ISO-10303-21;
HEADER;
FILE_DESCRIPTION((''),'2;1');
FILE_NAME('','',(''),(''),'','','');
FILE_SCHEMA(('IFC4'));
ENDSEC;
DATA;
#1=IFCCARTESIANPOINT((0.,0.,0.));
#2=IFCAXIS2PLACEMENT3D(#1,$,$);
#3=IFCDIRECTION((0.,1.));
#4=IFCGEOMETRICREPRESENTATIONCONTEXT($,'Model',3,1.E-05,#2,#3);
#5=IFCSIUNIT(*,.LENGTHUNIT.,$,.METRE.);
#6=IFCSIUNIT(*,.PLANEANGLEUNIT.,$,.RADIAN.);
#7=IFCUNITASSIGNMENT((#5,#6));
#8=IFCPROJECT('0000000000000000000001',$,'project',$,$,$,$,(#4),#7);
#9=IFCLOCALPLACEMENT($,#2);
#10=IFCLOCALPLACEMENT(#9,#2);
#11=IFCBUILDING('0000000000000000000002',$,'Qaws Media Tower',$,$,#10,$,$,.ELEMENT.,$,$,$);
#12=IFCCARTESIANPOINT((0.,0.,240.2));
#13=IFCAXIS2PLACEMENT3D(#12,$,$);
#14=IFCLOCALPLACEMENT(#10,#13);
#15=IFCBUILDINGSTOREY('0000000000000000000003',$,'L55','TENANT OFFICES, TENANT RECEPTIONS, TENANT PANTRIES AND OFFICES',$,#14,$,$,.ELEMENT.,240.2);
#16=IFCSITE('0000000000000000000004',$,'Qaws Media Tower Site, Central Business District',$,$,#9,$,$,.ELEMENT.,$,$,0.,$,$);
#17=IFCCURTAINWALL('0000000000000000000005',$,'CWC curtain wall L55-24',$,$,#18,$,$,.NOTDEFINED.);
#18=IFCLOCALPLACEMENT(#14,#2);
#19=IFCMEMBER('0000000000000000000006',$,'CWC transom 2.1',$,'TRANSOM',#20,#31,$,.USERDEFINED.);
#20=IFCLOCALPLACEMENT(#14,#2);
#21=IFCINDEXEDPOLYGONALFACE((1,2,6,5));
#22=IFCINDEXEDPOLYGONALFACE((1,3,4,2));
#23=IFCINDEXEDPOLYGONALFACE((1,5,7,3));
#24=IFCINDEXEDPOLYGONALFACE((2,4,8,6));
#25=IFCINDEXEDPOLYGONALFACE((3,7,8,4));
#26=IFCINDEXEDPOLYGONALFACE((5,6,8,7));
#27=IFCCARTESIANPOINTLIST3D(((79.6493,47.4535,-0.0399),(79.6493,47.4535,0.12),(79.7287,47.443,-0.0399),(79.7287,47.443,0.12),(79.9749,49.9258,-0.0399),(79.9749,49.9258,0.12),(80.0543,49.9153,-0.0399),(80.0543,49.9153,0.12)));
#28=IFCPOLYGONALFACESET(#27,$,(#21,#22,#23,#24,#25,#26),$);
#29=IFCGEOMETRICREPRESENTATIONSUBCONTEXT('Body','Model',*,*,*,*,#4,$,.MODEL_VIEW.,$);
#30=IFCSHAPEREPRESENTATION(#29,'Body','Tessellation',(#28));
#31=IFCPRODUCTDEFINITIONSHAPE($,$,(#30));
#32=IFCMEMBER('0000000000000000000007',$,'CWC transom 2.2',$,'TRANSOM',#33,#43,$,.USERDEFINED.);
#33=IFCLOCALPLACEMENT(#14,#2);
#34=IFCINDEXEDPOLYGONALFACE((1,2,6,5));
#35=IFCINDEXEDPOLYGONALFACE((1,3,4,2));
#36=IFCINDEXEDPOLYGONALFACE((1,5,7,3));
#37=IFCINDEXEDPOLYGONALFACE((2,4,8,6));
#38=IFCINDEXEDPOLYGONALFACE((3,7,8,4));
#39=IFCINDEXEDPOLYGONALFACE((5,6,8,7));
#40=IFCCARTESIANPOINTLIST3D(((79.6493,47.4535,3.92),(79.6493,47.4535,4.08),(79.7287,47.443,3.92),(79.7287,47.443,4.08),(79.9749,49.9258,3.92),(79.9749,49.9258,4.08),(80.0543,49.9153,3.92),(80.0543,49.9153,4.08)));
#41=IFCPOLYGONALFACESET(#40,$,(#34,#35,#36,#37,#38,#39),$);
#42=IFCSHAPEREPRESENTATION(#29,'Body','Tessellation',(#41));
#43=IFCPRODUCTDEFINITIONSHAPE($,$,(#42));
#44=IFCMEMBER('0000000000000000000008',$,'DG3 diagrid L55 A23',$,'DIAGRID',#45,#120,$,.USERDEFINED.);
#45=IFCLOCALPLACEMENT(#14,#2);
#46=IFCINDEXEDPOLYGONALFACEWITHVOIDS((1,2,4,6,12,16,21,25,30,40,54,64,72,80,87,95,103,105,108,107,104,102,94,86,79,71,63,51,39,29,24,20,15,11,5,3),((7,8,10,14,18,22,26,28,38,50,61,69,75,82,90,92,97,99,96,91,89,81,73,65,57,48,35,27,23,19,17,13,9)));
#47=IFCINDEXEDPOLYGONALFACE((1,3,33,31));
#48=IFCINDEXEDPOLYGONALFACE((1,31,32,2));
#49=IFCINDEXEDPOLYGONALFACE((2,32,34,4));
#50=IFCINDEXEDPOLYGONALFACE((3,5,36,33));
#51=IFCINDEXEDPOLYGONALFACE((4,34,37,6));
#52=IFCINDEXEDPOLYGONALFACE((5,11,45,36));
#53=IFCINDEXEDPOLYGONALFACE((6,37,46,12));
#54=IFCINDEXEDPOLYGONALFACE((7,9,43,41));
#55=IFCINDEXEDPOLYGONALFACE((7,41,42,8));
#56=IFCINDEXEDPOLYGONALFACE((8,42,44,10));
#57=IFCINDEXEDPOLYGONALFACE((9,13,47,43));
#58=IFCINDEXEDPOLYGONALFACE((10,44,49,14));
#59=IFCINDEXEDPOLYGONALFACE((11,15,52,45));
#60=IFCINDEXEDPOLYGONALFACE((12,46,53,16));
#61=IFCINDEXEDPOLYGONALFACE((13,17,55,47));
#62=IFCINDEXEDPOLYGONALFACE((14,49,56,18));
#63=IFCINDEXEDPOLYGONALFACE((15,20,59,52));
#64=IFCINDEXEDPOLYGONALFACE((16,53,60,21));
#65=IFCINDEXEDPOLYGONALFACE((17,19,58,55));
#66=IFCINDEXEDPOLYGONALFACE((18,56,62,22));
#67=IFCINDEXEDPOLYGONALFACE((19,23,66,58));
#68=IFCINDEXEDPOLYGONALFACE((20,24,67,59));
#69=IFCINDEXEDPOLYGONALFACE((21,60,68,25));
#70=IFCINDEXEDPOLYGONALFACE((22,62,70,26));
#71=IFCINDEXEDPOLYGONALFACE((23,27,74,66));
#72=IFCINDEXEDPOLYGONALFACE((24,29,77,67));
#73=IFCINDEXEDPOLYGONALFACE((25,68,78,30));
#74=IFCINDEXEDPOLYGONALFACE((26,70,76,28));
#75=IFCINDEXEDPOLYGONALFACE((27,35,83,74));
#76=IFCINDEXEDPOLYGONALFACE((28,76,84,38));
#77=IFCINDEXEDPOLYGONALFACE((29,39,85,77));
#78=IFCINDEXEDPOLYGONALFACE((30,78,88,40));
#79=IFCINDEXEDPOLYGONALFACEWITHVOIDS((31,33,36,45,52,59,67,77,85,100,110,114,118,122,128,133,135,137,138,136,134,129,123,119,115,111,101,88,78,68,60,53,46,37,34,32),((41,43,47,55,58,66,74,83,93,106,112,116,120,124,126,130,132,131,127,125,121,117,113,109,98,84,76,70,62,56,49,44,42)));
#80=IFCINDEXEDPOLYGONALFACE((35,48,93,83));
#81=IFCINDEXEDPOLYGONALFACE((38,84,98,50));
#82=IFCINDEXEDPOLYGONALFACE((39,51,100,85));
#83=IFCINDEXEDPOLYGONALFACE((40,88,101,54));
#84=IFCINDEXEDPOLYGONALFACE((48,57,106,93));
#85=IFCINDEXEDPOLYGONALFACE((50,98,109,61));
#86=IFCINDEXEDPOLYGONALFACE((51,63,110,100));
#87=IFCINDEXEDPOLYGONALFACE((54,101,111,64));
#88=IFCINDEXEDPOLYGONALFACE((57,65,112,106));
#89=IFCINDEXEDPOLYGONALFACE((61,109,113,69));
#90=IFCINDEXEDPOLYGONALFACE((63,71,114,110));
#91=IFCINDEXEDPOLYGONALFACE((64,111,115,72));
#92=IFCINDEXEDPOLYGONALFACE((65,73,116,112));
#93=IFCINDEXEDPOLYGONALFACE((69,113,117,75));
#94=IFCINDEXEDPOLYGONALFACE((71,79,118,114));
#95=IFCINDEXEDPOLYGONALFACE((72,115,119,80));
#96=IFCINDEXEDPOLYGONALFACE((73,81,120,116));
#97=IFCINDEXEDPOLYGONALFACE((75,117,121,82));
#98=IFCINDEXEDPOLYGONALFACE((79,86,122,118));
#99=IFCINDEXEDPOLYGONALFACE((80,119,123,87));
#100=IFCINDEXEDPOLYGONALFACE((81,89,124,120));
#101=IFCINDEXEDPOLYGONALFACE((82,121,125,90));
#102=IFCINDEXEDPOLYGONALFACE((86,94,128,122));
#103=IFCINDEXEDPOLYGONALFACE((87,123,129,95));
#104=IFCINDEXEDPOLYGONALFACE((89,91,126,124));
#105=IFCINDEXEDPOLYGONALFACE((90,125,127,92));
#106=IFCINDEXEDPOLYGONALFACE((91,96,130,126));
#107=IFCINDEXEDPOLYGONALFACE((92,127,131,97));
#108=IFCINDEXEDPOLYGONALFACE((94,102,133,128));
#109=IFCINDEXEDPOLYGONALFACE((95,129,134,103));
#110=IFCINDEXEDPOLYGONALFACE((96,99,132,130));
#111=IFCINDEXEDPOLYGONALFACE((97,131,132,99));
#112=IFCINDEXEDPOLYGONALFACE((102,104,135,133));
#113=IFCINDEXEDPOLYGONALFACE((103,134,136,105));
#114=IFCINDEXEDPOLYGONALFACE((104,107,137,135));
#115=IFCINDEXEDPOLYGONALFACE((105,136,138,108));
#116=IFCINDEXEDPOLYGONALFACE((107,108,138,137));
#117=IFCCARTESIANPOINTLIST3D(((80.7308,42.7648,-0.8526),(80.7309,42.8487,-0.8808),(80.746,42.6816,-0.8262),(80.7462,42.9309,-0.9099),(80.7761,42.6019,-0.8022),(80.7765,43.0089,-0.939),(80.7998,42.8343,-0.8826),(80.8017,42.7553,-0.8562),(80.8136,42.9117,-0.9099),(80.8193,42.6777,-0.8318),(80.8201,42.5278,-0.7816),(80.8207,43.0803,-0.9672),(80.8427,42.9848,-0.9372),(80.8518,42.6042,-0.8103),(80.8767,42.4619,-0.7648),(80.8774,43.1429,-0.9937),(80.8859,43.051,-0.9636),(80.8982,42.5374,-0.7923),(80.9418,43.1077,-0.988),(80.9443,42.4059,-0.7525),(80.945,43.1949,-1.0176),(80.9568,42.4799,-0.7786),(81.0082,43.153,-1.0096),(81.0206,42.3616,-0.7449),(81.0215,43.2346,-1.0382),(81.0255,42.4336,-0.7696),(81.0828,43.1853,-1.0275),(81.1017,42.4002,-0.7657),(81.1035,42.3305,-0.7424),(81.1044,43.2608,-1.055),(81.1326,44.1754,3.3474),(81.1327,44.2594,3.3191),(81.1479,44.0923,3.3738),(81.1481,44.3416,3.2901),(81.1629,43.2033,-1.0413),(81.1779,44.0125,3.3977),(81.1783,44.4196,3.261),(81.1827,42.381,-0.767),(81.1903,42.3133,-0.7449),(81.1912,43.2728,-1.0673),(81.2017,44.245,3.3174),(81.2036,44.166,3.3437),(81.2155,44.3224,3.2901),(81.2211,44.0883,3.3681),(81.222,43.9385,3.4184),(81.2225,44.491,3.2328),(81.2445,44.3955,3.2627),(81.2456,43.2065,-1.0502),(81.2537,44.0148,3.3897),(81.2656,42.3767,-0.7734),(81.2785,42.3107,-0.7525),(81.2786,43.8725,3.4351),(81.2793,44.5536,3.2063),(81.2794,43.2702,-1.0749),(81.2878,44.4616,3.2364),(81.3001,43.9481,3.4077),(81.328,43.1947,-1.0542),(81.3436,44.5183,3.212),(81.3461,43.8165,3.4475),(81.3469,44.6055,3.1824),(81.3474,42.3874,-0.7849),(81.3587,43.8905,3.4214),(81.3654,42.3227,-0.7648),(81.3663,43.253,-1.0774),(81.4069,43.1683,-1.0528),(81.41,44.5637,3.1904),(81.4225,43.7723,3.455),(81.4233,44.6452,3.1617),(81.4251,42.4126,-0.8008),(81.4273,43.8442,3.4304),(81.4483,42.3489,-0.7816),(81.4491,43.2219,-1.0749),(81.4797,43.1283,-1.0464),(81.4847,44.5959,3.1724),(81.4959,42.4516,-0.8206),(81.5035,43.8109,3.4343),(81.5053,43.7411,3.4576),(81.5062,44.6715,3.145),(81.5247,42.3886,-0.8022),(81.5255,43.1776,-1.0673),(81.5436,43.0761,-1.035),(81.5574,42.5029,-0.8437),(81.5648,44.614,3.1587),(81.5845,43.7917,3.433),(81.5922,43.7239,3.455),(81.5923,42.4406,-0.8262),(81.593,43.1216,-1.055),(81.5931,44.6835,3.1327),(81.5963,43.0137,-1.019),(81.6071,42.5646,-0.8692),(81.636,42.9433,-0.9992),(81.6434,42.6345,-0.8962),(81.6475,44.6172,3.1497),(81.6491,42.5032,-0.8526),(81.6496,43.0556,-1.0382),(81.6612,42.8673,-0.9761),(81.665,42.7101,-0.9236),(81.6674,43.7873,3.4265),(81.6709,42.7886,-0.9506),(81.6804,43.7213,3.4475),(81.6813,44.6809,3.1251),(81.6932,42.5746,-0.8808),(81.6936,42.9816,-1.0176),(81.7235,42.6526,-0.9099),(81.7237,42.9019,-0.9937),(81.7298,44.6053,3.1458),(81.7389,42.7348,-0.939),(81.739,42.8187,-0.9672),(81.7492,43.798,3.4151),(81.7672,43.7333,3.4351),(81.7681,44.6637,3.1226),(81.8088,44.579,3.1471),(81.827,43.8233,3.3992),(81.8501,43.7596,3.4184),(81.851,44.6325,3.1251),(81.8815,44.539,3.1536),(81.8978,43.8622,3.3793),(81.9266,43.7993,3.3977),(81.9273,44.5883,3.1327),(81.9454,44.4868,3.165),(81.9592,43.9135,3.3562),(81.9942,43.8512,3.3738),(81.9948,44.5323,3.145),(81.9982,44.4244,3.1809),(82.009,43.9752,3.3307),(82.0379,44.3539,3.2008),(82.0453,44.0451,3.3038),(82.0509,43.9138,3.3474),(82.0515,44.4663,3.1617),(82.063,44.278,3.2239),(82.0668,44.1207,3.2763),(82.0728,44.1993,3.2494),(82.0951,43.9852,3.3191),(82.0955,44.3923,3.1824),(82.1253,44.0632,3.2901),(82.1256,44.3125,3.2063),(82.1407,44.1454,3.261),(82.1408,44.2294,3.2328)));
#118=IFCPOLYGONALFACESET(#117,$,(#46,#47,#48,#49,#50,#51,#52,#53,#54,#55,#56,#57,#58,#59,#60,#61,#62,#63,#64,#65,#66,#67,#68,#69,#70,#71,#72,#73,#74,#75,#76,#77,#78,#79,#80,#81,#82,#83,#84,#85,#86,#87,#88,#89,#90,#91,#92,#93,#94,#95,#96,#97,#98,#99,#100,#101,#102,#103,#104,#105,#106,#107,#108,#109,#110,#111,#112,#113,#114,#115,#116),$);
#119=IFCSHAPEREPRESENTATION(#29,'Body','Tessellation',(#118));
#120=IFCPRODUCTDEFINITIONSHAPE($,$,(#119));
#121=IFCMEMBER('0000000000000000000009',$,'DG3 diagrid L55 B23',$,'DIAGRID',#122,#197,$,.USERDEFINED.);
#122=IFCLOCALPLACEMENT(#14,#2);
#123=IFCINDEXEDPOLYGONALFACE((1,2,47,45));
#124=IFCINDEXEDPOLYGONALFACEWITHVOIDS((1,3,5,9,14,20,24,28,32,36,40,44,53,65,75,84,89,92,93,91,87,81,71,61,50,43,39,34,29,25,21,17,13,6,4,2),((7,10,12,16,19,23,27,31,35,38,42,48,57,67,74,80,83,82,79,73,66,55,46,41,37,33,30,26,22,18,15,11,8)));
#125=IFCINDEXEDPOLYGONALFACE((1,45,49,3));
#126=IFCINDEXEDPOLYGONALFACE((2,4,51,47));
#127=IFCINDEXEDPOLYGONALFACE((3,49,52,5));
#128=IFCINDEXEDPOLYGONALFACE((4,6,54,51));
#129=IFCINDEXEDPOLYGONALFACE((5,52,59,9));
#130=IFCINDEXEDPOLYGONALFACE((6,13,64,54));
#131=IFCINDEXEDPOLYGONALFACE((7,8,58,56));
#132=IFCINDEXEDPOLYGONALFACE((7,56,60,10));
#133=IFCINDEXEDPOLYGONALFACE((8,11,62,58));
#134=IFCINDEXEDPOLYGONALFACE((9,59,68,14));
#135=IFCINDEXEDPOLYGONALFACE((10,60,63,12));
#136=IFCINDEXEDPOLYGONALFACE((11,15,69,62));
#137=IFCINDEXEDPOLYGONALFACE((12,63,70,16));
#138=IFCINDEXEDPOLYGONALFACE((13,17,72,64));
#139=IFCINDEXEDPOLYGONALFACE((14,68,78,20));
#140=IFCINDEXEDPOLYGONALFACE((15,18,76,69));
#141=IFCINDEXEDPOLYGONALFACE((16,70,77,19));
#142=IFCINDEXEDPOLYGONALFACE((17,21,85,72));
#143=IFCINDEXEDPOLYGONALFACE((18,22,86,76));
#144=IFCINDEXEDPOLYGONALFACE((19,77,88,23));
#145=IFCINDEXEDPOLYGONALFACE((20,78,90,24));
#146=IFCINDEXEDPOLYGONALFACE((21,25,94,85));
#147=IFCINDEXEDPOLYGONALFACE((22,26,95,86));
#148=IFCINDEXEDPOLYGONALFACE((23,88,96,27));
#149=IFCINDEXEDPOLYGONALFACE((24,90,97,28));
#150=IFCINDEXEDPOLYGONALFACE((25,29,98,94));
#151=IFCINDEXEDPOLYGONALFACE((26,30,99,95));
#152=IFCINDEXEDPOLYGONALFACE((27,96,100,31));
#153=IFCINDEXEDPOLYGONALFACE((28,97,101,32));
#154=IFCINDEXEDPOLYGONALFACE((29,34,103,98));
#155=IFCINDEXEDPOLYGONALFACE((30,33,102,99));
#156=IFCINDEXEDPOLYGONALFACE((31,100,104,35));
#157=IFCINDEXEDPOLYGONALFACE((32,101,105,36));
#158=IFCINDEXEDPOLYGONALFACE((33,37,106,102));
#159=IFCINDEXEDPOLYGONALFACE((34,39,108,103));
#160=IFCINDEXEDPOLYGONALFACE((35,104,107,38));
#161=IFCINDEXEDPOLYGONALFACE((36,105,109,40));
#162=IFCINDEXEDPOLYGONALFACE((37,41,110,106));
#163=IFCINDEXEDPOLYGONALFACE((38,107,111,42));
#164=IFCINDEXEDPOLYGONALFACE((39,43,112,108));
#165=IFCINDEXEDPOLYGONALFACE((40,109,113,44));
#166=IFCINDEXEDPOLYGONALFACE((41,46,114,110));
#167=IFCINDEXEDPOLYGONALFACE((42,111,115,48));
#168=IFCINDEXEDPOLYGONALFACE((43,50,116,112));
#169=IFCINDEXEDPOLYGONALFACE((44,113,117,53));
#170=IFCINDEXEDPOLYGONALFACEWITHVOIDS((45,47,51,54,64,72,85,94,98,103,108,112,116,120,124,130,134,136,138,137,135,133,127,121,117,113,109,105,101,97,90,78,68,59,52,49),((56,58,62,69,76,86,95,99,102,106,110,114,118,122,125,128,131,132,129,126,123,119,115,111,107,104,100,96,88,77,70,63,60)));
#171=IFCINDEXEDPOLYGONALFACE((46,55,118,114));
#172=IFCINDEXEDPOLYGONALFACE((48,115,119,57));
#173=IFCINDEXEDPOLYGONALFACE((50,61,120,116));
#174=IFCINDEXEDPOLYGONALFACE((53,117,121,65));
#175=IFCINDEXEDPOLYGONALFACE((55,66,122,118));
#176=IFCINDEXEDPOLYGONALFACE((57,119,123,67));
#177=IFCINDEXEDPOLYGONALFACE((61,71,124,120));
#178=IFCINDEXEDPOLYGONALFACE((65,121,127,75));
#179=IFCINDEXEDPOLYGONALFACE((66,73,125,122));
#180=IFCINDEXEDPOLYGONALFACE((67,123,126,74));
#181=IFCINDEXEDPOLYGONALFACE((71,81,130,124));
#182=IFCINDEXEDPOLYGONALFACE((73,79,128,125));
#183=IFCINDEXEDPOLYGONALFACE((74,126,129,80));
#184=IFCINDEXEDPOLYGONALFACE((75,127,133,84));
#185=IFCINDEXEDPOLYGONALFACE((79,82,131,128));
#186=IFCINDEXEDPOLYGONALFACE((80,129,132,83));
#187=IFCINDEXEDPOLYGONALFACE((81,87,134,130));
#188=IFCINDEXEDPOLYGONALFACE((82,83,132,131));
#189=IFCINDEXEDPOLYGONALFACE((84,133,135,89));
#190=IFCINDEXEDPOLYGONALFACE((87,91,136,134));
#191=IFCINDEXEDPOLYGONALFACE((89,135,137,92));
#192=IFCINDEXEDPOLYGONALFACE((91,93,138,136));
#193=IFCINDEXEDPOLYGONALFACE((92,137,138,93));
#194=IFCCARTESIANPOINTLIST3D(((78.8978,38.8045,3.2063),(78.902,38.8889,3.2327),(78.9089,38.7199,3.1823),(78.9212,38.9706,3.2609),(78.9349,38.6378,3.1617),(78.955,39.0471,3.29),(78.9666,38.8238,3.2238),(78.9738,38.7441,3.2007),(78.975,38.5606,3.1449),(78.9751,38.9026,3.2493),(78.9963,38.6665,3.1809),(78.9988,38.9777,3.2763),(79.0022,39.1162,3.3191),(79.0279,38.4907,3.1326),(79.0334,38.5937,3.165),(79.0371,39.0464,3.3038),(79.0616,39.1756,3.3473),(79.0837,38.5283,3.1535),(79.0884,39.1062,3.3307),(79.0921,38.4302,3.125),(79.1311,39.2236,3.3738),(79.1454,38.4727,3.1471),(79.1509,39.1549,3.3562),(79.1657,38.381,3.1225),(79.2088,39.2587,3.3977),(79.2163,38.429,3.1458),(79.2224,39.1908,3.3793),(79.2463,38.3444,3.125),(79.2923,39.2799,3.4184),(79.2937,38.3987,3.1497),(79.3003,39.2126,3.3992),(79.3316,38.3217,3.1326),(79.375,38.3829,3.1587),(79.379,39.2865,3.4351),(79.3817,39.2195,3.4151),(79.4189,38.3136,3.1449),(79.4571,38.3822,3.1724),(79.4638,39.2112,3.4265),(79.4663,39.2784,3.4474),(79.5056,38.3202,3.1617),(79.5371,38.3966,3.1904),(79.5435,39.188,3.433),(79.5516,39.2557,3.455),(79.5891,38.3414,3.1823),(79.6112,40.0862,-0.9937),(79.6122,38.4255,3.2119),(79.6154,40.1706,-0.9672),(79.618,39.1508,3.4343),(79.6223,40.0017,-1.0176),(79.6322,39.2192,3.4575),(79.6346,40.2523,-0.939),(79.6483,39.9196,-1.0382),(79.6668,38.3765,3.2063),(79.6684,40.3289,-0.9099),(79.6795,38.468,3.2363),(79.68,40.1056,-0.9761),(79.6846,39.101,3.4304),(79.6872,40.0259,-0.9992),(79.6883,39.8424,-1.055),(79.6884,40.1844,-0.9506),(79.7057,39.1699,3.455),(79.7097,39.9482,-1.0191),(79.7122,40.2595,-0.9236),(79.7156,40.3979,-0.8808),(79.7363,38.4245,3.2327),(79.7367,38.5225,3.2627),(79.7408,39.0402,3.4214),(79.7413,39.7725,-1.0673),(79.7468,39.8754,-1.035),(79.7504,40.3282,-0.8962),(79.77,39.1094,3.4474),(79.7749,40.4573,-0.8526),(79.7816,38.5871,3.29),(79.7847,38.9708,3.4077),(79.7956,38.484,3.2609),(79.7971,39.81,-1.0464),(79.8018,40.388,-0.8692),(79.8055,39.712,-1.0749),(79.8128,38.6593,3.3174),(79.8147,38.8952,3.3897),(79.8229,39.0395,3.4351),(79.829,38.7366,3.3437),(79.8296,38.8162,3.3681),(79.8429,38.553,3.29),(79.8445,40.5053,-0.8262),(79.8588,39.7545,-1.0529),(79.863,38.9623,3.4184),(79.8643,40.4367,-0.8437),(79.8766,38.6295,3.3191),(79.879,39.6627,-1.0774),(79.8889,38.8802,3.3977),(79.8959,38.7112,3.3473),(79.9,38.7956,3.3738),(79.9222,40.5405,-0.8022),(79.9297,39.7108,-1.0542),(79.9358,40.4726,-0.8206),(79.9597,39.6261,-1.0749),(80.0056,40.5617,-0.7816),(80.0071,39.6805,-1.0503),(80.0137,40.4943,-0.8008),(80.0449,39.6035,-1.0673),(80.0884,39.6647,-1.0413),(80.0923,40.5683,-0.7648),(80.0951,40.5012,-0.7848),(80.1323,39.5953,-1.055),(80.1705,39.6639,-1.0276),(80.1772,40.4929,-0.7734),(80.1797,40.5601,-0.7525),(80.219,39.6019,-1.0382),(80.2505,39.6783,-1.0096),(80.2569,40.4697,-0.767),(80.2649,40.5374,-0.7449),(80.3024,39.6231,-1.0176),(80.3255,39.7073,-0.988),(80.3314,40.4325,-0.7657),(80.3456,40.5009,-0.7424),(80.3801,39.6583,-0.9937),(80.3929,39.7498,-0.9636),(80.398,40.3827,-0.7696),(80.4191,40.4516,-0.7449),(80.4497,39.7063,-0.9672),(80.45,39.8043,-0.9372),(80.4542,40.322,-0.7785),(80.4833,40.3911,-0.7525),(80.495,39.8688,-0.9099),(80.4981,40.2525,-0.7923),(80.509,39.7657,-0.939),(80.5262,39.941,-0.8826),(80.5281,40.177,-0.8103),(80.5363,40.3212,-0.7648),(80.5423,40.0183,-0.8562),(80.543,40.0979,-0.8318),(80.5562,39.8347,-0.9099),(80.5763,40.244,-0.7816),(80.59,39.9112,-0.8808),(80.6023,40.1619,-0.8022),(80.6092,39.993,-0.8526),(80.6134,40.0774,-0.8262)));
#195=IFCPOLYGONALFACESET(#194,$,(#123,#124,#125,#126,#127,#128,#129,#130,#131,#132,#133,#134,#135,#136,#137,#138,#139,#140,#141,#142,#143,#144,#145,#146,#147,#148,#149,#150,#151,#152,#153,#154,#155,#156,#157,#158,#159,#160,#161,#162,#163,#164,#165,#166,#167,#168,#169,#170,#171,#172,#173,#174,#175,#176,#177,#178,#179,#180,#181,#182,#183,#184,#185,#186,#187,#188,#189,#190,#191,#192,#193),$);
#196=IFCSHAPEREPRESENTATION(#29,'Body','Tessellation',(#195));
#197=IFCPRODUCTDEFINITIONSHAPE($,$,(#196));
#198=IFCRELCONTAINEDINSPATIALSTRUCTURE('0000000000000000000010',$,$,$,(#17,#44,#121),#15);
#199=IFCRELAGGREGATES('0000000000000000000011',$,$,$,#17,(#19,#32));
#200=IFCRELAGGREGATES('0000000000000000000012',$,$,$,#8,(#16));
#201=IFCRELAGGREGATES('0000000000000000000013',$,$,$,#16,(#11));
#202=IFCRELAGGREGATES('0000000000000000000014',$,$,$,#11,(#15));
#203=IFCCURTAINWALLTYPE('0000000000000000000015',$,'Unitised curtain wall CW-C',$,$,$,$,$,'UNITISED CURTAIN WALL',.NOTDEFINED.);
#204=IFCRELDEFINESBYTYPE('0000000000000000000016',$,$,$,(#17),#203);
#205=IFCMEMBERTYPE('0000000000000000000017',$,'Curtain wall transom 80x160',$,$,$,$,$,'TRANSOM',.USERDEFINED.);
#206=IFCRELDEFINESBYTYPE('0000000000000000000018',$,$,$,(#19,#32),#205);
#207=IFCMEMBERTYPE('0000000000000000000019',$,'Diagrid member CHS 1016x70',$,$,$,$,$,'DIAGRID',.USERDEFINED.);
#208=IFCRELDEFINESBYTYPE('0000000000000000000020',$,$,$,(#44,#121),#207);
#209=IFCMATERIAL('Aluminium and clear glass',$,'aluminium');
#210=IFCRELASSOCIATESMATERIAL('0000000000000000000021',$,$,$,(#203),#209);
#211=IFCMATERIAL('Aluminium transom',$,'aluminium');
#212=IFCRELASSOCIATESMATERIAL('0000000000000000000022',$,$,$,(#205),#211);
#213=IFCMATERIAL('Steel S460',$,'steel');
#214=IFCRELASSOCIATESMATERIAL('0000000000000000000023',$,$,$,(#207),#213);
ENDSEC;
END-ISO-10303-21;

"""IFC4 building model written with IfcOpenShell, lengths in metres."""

from ifc_helpers import new_model, si_unit, direction, frame, origin, origin_2d, place, context, subcontext, project, spatial, rectangle, hollow_circle, extrude, material, material_profile, profile_set, type_object, element, aggregate, save


model = new_model("IFC4")

# Units and contexts
model_context = context("Model", 3, precision=1e-05, world=origin(), true_north=direction((0.0, 1.0)))
body_context = subcontext(model_context, "Body", "Model", "MODEL_VIEW")
ifc_project = project(units=[si_unit("LENGTHUNIT", "METRE"), si_unit("PLANEANGLEUNIT", "RADIAN")], contexts=[model_context])

# Site, building, storey
site_placement = place(None, origin())
site = spatial("IfcSite", under=ifc_project, at=site_placement, Name="Qaws Media Tower Site, Central Business District", CompositionType="ELEMENT", RefElevation=0.0)
building_placement = place(site_placement, origin())
building = spatial("IfcBuilding", under=site, at=building_placement, Name="Qaws Media Tower", CompositionType="ELEMENT")
storey_placement = place(building_placement, frame((0.0, 0.0, 240.2)))
storey = spatial("IfcBuildingStorey", under=building, at=storey_placement, Name="L55", Description="TENANT OFFICES, TENANT RECEPTIONS, TENANT PANTRIES AND OFFICES", CompositionType="ELEMENT", Elevation=240.2)

# Curtain wall
ifc_material_1 = material(Name="Aluminium and clear glass", Category="aluminium")
curtain_wall_type = type_object("IfcCurtainWallType", Name="Unitised curtain wall CW-C", ElementType="UNITISED CURTAIN WALL", PredefinedType="NOTDEFINED", material=ifc_material_1)
curtain_wall_1_placement = place(storey_placement, origin())
curtain_wall_1 = element("IfcCurtainWall", 1, at=curtain_wall_1_placement, inside=storey, type_object=curtain_wall_type, Name="CWC curtain wall L55-24", PredefinedType="NOTDEFINED")

# Members
ifc_material_2 = material(Name="Aluminium transom", Category="aluminium")
ifc_material_profile_1 = material_profile(ifc_material_2, rectangle(XDim=0.0801, YDim=0.1599, at=origin_2d()), Name="80x160")
ifc_profile_set_1 = profile_set([ifc_material_profile_1], Name="Aluminium transom")
member_type_1 = type_object("IfcMemberType", Name="Curtain wall transom 80x160", ElementType="TRANSOM", PredefinedType="USERDEFINED", material=ifc_profile_set_1)
member_1_placement = place(storey_placement, frame((79.689, 47.4482, 0.04), z_axis=(0.130599, 0.991435, 0.0), x_axis=(-0.991435, 0.130599, 0.0)))
member_1 = element("IfcMember", 2, at=member_1_placement, type_object=member_type_1, Name="CWC transom 2.1", ObjectType="TRANSOM", PredefinedType="USERDEFINED", context=body_context, shape_type="SweptSolid", body=[
    extrude(rectangle(XDim=0.0801, YDim=0.1599, at=origin_2d()), origin(), (0.0, 0.0, 1.0), 2.4937),
])
member_2_placement = place(storey_placement, frame((79.689, 47.4482, 4.0), z_axis=(0.130599, 0.991435, 0.0), x_axis=(-0.991435, 0.130599, 0.0)))
member_2 = element("IfcMember", 3, at=member_2_placement, type_object=member_type_1, Name="CWC transom 2.2", ObjectType="TRANSOM", PredefinedType="USERDEFINED", context=body_context, shape_type="SweptSolid", body=[
    extrude(rectangle(XDim=0.0801, YDim=0.1599, at=origin_2d()), origin(), (0.0, 0.0, 1.0), 2.4937),
])

# Members
ifc_material_3 = material(Name="Steel S460", Category="steel")
ifc_material_profile_2 = material_profile(ifc_material_3, hollow_circle(Radius=0.5081, WallThickness=0.0701, at=origin_2d()), Name="CHS 1016x70")
ifc_profile_set_2 = profile_set([ifc_material_profile_2], Name="Steel S460")
member_type_2 = type_object("IfcMemberType", Name="Diagrid member CHS 1016x70", ElementType="DIAGRID", PredefinedType="USERDEFINED", material=ifc_profile_set_2)
for number, where, z_axis, x_axis, name in (
    (4, (81.2349, 42.7917, -0.9099), (0.090331, 0.317091, 0.944084), (-0.961737, 0.273974, 0.0), "DG3 diagrid L55 A23"),
    (5, (80.1123, 40.0818, -0.9099), (-0.160355, -0.288112, 0.944075), (0.87378, -0.486321, 0.0), "DG3 diagrid L55 B23"),
):
    element("IfcMember", number, at=place(storey_placement, frame(where, z_axis=z_axis, x_axis=x_axis)), inside=storey, type_object=member_type_2, Name=name, ObjectType="DIAGRID", PredefinedType="USERDEFINED", context=body_context, shape_type="SweptSolid", body=[
        extrude(hollow_circle(Radius=0.5081, WallThickness=0.0701, at=origin_2d()), origin(), (0.0, 0.0, 1.0), 4.4487),
    ])

aggregate(curtain_wall_1, [member_1, member_2])

save(model, "model.ifc")
